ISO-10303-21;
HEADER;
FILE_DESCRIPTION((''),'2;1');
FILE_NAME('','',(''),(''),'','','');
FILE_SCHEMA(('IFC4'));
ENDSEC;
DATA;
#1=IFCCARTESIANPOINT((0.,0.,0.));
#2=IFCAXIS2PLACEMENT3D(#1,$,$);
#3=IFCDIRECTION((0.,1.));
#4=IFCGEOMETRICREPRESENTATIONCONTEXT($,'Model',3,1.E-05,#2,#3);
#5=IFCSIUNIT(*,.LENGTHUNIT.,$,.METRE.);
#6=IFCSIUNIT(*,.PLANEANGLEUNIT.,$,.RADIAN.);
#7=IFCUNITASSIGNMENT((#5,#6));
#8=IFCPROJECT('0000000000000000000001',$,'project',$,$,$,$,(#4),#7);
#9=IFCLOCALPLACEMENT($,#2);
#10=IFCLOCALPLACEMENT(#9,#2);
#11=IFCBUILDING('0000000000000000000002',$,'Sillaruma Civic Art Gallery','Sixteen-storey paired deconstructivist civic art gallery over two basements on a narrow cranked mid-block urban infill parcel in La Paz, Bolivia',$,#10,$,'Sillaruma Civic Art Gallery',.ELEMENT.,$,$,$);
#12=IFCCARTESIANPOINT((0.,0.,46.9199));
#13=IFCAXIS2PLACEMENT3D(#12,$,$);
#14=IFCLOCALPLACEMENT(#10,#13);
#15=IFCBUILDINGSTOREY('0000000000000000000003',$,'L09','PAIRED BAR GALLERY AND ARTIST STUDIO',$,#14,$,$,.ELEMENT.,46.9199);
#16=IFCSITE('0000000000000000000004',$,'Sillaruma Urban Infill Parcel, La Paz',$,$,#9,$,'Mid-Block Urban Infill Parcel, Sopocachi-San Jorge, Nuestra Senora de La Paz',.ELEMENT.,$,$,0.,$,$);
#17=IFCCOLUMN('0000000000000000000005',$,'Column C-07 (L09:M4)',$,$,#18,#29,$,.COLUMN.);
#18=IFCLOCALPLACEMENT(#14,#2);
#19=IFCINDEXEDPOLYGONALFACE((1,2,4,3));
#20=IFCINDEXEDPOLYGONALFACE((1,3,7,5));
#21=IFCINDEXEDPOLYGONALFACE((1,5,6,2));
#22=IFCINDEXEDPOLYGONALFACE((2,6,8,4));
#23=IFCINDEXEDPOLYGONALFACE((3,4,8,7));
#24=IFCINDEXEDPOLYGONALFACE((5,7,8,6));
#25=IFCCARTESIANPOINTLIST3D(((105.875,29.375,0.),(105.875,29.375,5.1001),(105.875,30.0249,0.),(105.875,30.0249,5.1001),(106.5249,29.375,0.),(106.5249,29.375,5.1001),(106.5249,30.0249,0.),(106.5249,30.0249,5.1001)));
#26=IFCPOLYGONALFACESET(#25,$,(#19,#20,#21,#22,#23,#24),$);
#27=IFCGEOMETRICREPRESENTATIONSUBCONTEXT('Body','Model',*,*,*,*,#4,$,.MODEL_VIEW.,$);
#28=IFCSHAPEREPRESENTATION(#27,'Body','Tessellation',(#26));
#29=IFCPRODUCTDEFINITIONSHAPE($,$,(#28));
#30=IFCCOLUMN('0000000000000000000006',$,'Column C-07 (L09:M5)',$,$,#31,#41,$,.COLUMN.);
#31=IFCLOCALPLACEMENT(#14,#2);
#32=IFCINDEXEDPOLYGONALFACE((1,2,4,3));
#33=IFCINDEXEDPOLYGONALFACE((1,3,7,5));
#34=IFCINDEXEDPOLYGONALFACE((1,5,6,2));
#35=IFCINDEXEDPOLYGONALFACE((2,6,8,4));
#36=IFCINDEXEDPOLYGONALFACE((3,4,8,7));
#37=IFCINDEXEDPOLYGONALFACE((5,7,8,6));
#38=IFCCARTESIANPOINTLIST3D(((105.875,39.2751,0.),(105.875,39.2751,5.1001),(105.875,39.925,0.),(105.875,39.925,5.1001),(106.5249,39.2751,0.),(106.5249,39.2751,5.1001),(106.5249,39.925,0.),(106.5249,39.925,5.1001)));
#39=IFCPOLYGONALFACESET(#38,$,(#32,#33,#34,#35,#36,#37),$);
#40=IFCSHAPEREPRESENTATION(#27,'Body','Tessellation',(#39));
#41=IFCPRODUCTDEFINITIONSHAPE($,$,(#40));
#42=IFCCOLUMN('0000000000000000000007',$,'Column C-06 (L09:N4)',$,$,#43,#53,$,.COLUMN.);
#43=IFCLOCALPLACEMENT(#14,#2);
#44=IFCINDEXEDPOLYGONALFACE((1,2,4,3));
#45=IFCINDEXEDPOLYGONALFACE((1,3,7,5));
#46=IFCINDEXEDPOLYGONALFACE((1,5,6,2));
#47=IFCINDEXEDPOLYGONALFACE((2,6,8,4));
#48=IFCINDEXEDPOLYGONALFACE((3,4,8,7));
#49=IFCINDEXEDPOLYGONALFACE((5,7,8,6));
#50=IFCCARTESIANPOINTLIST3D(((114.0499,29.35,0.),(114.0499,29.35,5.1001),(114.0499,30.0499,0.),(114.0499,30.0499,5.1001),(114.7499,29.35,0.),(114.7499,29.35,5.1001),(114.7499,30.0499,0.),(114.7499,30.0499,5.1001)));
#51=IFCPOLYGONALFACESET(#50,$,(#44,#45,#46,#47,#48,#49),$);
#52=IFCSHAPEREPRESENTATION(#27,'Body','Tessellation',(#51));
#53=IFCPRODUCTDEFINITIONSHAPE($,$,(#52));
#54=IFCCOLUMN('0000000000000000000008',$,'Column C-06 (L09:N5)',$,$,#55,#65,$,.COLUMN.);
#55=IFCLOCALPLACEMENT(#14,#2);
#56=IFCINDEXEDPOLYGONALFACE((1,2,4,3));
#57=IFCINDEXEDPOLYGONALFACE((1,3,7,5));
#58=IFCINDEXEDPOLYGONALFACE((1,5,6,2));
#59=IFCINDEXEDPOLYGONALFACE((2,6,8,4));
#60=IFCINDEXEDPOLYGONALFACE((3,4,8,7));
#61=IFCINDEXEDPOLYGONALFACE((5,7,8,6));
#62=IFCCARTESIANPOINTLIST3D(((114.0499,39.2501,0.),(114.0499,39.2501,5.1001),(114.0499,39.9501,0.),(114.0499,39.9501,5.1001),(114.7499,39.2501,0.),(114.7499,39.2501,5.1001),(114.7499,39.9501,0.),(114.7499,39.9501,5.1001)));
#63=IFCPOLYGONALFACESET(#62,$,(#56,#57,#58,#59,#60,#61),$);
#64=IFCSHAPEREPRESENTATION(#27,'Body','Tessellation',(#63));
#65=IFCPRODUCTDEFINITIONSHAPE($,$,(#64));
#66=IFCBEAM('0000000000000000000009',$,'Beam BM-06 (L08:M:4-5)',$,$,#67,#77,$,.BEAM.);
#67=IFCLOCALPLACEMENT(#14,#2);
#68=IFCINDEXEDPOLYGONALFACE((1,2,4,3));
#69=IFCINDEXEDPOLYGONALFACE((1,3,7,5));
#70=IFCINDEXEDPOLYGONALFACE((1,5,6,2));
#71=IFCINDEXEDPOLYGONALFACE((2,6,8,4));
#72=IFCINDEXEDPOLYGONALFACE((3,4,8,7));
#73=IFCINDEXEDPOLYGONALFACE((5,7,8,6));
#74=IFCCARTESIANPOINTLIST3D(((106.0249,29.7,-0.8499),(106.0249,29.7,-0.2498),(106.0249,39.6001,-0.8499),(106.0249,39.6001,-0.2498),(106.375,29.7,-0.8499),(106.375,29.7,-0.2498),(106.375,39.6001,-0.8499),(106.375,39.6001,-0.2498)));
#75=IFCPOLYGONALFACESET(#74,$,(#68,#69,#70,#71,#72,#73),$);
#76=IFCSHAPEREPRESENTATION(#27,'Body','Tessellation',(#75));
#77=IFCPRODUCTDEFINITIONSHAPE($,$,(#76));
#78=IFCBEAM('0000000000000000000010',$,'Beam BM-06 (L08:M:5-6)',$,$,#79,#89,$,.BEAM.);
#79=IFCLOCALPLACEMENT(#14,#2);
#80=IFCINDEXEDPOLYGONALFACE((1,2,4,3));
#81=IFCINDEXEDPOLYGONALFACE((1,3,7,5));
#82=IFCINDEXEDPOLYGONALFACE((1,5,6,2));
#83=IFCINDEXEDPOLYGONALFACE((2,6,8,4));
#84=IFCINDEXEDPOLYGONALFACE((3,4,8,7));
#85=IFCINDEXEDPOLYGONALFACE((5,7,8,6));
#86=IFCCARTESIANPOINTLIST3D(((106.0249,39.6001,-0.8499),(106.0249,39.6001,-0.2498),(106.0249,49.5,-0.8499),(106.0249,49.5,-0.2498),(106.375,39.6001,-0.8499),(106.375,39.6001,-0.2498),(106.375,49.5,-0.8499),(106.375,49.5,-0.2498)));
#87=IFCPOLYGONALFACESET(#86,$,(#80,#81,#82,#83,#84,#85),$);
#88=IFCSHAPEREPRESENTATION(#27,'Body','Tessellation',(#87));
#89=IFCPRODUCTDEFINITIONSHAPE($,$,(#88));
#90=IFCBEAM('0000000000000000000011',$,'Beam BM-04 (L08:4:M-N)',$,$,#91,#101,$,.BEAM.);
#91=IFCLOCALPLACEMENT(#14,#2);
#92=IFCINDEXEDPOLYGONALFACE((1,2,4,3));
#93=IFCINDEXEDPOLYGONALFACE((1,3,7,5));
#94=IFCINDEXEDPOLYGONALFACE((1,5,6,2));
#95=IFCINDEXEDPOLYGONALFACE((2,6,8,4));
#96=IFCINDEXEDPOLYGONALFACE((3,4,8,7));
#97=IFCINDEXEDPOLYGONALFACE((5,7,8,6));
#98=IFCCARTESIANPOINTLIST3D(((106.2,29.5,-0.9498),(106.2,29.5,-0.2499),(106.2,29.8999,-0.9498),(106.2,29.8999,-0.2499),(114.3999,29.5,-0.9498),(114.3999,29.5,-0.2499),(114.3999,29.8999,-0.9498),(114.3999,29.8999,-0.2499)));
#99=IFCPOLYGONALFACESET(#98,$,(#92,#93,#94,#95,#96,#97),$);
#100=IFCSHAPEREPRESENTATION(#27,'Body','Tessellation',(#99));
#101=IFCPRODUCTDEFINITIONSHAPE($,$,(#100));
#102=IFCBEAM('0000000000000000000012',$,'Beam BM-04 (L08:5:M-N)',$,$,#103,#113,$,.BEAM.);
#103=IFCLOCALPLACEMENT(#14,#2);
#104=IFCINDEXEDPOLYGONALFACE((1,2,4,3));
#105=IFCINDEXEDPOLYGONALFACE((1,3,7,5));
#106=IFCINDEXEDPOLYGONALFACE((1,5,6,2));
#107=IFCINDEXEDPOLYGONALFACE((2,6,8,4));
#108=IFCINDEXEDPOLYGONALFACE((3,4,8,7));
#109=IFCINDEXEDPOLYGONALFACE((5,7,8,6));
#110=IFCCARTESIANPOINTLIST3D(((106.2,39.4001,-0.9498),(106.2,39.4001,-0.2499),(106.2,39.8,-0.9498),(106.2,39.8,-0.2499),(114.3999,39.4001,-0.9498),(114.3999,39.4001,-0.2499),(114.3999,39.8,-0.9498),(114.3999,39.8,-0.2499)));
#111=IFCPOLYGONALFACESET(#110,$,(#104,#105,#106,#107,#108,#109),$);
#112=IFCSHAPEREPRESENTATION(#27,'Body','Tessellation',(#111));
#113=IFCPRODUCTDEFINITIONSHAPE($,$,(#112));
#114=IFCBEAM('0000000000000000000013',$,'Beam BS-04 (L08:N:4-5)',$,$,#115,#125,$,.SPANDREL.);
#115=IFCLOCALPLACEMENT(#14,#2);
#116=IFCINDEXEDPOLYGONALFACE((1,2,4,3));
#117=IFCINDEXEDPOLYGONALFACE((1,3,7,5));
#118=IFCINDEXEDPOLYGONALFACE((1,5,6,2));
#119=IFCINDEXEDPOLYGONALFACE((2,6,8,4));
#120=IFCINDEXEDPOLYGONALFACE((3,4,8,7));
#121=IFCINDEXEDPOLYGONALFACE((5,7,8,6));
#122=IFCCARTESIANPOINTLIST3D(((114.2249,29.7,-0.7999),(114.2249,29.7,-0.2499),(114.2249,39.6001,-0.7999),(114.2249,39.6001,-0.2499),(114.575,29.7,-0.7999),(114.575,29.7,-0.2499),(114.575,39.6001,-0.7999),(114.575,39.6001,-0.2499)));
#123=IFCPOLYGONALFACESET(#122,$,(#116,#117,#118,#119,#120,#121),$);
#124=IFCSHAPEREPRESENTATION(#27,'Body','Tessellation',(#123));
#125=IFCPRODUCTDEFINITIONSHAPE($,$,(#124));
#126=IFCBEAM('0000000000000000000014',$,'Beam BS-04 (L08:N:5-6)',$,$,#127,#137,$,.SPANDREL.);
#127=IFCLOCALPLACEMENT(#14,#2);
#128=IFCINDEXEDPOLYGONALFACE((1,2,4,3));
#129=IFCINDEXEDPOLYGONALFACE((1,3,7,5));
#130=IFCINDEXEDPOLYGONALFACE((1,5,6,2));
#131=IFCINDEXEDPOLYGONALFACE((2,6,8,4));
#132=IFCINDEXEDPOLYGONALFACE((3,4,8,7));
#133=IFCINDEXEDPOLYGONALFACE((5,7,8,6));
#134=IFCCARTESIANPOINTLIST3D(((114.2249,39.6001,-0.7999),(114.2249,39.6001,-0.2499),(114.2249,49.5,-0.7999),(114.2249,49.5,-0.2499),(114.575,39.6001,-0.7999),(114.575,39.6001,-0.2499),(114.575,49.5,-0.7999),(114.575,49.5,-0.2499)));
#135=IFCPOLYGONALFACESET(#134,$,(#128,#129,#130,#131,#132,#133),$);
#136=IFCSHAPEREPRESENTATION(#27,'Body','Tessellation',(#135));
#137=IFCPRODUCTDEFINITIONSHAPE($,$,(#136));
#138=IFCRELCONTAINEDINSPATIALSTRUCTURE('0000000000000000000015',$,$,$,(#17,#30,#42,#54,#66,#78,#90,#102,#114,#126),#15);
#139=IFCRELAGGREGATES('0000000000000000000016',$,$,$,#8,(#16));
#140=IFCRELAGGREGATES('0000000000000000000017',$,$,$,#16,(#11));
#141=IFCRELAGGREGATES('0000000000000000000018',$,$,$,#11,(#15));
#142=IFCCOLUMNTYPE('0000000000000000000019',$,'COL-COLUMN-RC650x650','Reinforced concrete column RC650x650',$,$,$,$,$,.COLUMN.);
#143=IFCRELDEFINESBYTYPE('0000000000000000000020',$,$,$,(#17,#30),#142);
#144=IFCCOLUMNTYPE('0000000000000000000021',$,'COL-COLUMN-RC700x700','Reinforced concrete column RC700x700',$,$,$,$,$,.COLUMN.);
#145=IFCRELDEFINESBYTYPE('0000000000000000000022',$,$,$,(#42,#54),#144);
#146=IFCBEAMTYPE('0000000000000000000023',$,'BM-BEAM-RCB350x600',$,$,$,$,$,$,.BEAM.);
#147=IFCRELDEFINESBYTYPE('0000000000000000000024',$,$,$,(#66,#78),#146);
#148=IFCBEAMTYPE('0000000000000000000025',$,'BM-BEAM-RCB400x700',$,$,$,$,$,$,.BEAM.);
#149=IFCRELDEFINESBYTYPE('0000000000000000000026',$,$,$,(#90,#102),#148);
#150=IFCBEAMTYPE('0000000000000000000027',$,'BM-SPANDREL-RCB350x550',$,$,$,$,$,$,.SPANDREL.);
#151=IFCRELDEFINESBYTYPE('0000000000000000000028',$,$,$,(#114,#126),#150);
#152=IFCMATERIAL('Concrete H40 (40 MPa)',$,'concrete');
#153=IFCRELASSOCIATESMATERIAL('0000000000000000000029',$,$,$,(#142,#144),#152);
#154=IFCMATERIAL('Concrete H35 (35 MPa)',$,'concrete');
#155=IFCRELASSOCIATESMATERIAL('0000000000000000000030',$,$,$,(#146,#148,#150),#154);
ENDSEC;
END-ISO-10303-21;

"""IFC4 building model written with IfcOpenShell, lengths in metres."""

from ifc_helpers import new_model, si_unit, direction, frame, origin, origin_2d, place, context, subcontext, project, spatial, rectangle, extrude, material, material_profile, profile_set, type_object, element, save


model = new_model("IFC4")

# Units and contexts
model_context = context("Model", 3, precision=1e-05, world=origin(), true_north=direction((0.0, 1.0)))
body_context = subcontext(model_context, "Body", "Model", "MODEL_VIEW")
ifc_project = project(units=[si_unit("LENGTHUNIT", "METRE"), si_unit("PLANEANGLEUNIT", "RADIAN")], contexts=[model_context])

# Site, building, storey
site_placement = place(None, origin())
site = spatial("IfcSite", under=ifc_project, at=site_placement, Name="Sillaruma Urban Infill Parcel, La Paz", LongName="Mid-Block Urban Infill Parcel, Sopocachi-San Jorge, Nuestra Senora de La Paz", CompositionType="ELEMENT", RefElevation=0.0)
building_placement = place(site_placement, origin())
building = spatial("IfcBuilding", under=site, at=building_placement, Name="Sillaruma Civic Art Gallery", Description="Sixteen-storey paired deconstructivist civic art gallery over two basements on a narrow cranked mid-block urban infill parcel in La Paz, Bolivia", LongName="Sillaruma Civic Art Gallery", CompositionType="ELEMENT")
storey_placement = place(building_placement, frame((0.0, 0.0, 46.9199)))
storey = spatial("IfcBuildingStorey", under=building, at=storey_placement, Name="L09", Description="PAIRED BAR GALLERY AND ARTIST STUDIO", CompositionType="ELEMENT", Elevation=46.9199)

# Columns
ifc_material_1 = material(Name="Concrete H40 (40 MPa)", Category="concrete")
ifc_material_profile_1 = material_profile(ifc_material_1, rectangle(XDim=0.6499, YDim=0.6499, at=origin_2d()), Name="RC650x650")
ifc_profile_set_1 = profile_set([ifc_material_profile_1], Name="Concrete H40 (40 MPa)")
column_type_1 = type_object("IfcColumnType", Name="COL-COLUMN-RC650x650", Description="Reinforced concrete column RC650x650", PredefinedType="COLUMN", material=ifc_profile_set_1)
for number, where, z_axis, x_axis, name in (
    (1, (106.2, 29.7, 0.0), (0.0, 0.0, 1.0), (1.0, 0.0, 0.0), "Column C-07 (L09:M4)"),
    (2, (106.2, 39.6001, 0.0), (0.0, 0.0, 1.0), (1.0, 0.0, 0.0), "Column C-07 (L09:M5)"),
):
    element("IfcColumn", number, at=place(storey_placement, frame(where, z_axis=z_axis, x_axis=x_axis)), inside=storey, type_object=column_type_1, Name=name, PredefinedType="COLUMN", context=body_context, shape_type="SweptSolid", body=[
        extrude(rectangle(XDim=0.6499, YDim=0.6499, at=origin_2d()), origin(), (0.0, 0.0, 1.0), 5.1001),
    ])
ifc_material_profile_2 = material_profile(ifc_material_1, rectangle(XDim=0.7, YDim=0.7, at=origin_2d()), Name="RC700x700")
ifc_profile_set_2 = profile_set([ifc_material_profile_2], Name="Concrete H40 (40 MPa)")
column_type_2 = type_object("IfcColumnType", Name="COL-COLUMN-RC700x700", Description="Reinforced concrete column RC700x700", PredefinedType="COLUMN", material=ifc_profile_set_2)
for number, where, z_axis, x_axis, name in (
    (3, (114.3999, 29.7, 0.0), (0.0, 0.0, 1.0), (1.0, 0.0, 0.0), "Column C-06 (L09:N4)"),
    (4, (114.3999, 39.6001, 0.0), (0.0, 0.0, 1.0), (1.0, 0.0, 0.0), "Column C-06 (L09:N5)"),
):
    element("IfcColumn", number, at=place(storey_placement, frame(where, z_axis=z_axis, x_axis=x_axis)), inside=storey, type_object=column_type_2, Name=name, PredefinedType="COLUMN", context=body_context, shape_type="SweptSolid", body=[
        extrude(rectangle(XDim=0.7, YDim=0.7, at=origin_2d()), origin(), (0.0, 0.0, 1.0), 5.1001),
    ])

# Beams
ifc_material_2 = material(Name="Concrete H35 (35 MPa)", Category="concrete")
ifc_material_profile_3 = material_profile(ifc_material_2, rectangle(XDim=0.3501, YDim=0.6001, at=origin_2d()), Name="RCB350x600")
ifc_profile_set_3 = profile_set([ifc_material_profile_3], Name="Concrete H35 (35 MPa)")
beam_type_1 = type_object("IfcBeamType", Name="BM-BEAM-RCB350x600", PredefinedType="BEAM", material=ifc_profile_set_3)
beam_1_placement = place(storey_placement, frame((106.2, 29.7, -0.5498), z_axis=(0.0, 1.0, 0.0), x_axis=(-1.0, 0.0, 0.0)))
element("IfcBeam", 5, at=beam_1_placement, inside=storey, type_object=beam_type_1, Name="Beam BM-06 (L08:M:4-5)", PredefinedType="BEAM", context=body_context, shape_type="SweptSolid", body=[
    extrude(rectangle(XDim=0.3501, YDim=0.6001, at=origin_2d()), origin(), (0.0, 0.0, 1.0), 9.9001),
])
beam_2_placement = place(storey_placement, frame((106.2, 39.6001, -0.5498), z_axis=(0.0, 1.0, 0.0), x_axis=(-1.0, 0.0, 0.0)))
element("IfcBeam", 6, at=beam_2_placement, inside=storey, type_object=beam_type_1, Name="Beam BM-06 (L08:M:5-6)", PredefinedType="BEAM", context=body_context, shape_type="SweptSolid", body=[
    extrude(rectangle(XDim=0.3501, YDim=0.6001, at=origin_2d()), origin(), (0.0, 0.0, 1.0), 9.8999),
])
ifc_material_profile_4 = material_profile(ifc_material_2, rectangle(XDim=0.3999, YDim=0.7, at=origin_2d()), Name="RCB400x700")
ifc_profile_set_4 = profile_set([ifc_material_profile_4], Name="Concrete H35 (35 MPa)")
beam_type_2 = type_object("IfcBeamType", Name="BM-BEAM-RCB400x700", PredefinedType="BEAM", material=ifc_profile_set_4)
for number, where, z_axis, x_axis, name in (
    (7, (106.2, 29.7, -0.5999), (1.0, 0.0, 0.0), (0.0, 1.0, 0.0), "Beam BM-04 (L08:4:M-N)"),
    (8, (106.2, 39.6001, -0.5999), (1.0, 0.0, 0.0), (0.0, 1.0, 0.0), "Beam BM-04 (L08:5:M-N)"),
):
    element("IfcBeam", number, at=place(storey_placement, frame(where, z_axis=z_axis, x_axis=x_axis)), inside=storey, type_object=beam_type_2, Name=name, PredefinedType="BEAM", context=body_context, shape_type="SweptSolid", body=[
        extrude(rectangle(XDim=0.3999, YDim=0.7, at=origin_2d()), origin(), (0.0, 0.0, 1.0), 8.2),
    ])
ifc_material_profile_5 = material_profile(ifc_material_2, rectangle(XDim=0.3501, YDim=0.55, at=origin_2d()), Name="RCB350x550")
ifc_profile_set_5 = profile_set([ifc_material_profile_5], Name="Concrete H35 (35 MPa)")
beam_type_3 = type_object("IfcBeamType", Name="BM-SPANDREL-RCB350x550", PredefinedType="SPANDREL", material=ifc_profile_set_5)
beam_3_placement = place(storey_placement, frame((114.3999, 29.7, -0.5249), z_axis=(0.0, 1.0, 0.0), x_axis=(-1.0, 0.0, 0.0)))
element("IfcBeam", 9, at=beam_3_placement, inside=storey, type_object=beam_type_3, Name="Beam BS-04 (L08:N:4-5)", PredefinedType="SPANDREL", context=body_context, shape_type="SweptSolid", body=[
    extrude(rectangle(XDim=0.3501, YDim=0.55, at=origin_2d()), origin(), (0.0, 0.0, 1.0), 9.9001),
])
beam_4_placement = place(storey_placement, frame((114.3999, 39.6001, -0.5249), z_axis=(0.0, 1.0, 0.0), x_axis=(-1.0, 0.0, 0.0)))
element("IfcBeam", 10, at=beam_4_placement, inside=storey, type_object=beam_type_3, Name="Beam BS-04 (L08:N:5-6)", PredefinedType="SPANDREL", context=body_context, shape_type="SweptSolid", body=[
    extrude(rectangle(XDim=0.3501, YDim=0.55, at=origin_2d()), origin(), (0.0, 0.0, 1.0), 9.8999),
])

save(model, "model.ifc")
